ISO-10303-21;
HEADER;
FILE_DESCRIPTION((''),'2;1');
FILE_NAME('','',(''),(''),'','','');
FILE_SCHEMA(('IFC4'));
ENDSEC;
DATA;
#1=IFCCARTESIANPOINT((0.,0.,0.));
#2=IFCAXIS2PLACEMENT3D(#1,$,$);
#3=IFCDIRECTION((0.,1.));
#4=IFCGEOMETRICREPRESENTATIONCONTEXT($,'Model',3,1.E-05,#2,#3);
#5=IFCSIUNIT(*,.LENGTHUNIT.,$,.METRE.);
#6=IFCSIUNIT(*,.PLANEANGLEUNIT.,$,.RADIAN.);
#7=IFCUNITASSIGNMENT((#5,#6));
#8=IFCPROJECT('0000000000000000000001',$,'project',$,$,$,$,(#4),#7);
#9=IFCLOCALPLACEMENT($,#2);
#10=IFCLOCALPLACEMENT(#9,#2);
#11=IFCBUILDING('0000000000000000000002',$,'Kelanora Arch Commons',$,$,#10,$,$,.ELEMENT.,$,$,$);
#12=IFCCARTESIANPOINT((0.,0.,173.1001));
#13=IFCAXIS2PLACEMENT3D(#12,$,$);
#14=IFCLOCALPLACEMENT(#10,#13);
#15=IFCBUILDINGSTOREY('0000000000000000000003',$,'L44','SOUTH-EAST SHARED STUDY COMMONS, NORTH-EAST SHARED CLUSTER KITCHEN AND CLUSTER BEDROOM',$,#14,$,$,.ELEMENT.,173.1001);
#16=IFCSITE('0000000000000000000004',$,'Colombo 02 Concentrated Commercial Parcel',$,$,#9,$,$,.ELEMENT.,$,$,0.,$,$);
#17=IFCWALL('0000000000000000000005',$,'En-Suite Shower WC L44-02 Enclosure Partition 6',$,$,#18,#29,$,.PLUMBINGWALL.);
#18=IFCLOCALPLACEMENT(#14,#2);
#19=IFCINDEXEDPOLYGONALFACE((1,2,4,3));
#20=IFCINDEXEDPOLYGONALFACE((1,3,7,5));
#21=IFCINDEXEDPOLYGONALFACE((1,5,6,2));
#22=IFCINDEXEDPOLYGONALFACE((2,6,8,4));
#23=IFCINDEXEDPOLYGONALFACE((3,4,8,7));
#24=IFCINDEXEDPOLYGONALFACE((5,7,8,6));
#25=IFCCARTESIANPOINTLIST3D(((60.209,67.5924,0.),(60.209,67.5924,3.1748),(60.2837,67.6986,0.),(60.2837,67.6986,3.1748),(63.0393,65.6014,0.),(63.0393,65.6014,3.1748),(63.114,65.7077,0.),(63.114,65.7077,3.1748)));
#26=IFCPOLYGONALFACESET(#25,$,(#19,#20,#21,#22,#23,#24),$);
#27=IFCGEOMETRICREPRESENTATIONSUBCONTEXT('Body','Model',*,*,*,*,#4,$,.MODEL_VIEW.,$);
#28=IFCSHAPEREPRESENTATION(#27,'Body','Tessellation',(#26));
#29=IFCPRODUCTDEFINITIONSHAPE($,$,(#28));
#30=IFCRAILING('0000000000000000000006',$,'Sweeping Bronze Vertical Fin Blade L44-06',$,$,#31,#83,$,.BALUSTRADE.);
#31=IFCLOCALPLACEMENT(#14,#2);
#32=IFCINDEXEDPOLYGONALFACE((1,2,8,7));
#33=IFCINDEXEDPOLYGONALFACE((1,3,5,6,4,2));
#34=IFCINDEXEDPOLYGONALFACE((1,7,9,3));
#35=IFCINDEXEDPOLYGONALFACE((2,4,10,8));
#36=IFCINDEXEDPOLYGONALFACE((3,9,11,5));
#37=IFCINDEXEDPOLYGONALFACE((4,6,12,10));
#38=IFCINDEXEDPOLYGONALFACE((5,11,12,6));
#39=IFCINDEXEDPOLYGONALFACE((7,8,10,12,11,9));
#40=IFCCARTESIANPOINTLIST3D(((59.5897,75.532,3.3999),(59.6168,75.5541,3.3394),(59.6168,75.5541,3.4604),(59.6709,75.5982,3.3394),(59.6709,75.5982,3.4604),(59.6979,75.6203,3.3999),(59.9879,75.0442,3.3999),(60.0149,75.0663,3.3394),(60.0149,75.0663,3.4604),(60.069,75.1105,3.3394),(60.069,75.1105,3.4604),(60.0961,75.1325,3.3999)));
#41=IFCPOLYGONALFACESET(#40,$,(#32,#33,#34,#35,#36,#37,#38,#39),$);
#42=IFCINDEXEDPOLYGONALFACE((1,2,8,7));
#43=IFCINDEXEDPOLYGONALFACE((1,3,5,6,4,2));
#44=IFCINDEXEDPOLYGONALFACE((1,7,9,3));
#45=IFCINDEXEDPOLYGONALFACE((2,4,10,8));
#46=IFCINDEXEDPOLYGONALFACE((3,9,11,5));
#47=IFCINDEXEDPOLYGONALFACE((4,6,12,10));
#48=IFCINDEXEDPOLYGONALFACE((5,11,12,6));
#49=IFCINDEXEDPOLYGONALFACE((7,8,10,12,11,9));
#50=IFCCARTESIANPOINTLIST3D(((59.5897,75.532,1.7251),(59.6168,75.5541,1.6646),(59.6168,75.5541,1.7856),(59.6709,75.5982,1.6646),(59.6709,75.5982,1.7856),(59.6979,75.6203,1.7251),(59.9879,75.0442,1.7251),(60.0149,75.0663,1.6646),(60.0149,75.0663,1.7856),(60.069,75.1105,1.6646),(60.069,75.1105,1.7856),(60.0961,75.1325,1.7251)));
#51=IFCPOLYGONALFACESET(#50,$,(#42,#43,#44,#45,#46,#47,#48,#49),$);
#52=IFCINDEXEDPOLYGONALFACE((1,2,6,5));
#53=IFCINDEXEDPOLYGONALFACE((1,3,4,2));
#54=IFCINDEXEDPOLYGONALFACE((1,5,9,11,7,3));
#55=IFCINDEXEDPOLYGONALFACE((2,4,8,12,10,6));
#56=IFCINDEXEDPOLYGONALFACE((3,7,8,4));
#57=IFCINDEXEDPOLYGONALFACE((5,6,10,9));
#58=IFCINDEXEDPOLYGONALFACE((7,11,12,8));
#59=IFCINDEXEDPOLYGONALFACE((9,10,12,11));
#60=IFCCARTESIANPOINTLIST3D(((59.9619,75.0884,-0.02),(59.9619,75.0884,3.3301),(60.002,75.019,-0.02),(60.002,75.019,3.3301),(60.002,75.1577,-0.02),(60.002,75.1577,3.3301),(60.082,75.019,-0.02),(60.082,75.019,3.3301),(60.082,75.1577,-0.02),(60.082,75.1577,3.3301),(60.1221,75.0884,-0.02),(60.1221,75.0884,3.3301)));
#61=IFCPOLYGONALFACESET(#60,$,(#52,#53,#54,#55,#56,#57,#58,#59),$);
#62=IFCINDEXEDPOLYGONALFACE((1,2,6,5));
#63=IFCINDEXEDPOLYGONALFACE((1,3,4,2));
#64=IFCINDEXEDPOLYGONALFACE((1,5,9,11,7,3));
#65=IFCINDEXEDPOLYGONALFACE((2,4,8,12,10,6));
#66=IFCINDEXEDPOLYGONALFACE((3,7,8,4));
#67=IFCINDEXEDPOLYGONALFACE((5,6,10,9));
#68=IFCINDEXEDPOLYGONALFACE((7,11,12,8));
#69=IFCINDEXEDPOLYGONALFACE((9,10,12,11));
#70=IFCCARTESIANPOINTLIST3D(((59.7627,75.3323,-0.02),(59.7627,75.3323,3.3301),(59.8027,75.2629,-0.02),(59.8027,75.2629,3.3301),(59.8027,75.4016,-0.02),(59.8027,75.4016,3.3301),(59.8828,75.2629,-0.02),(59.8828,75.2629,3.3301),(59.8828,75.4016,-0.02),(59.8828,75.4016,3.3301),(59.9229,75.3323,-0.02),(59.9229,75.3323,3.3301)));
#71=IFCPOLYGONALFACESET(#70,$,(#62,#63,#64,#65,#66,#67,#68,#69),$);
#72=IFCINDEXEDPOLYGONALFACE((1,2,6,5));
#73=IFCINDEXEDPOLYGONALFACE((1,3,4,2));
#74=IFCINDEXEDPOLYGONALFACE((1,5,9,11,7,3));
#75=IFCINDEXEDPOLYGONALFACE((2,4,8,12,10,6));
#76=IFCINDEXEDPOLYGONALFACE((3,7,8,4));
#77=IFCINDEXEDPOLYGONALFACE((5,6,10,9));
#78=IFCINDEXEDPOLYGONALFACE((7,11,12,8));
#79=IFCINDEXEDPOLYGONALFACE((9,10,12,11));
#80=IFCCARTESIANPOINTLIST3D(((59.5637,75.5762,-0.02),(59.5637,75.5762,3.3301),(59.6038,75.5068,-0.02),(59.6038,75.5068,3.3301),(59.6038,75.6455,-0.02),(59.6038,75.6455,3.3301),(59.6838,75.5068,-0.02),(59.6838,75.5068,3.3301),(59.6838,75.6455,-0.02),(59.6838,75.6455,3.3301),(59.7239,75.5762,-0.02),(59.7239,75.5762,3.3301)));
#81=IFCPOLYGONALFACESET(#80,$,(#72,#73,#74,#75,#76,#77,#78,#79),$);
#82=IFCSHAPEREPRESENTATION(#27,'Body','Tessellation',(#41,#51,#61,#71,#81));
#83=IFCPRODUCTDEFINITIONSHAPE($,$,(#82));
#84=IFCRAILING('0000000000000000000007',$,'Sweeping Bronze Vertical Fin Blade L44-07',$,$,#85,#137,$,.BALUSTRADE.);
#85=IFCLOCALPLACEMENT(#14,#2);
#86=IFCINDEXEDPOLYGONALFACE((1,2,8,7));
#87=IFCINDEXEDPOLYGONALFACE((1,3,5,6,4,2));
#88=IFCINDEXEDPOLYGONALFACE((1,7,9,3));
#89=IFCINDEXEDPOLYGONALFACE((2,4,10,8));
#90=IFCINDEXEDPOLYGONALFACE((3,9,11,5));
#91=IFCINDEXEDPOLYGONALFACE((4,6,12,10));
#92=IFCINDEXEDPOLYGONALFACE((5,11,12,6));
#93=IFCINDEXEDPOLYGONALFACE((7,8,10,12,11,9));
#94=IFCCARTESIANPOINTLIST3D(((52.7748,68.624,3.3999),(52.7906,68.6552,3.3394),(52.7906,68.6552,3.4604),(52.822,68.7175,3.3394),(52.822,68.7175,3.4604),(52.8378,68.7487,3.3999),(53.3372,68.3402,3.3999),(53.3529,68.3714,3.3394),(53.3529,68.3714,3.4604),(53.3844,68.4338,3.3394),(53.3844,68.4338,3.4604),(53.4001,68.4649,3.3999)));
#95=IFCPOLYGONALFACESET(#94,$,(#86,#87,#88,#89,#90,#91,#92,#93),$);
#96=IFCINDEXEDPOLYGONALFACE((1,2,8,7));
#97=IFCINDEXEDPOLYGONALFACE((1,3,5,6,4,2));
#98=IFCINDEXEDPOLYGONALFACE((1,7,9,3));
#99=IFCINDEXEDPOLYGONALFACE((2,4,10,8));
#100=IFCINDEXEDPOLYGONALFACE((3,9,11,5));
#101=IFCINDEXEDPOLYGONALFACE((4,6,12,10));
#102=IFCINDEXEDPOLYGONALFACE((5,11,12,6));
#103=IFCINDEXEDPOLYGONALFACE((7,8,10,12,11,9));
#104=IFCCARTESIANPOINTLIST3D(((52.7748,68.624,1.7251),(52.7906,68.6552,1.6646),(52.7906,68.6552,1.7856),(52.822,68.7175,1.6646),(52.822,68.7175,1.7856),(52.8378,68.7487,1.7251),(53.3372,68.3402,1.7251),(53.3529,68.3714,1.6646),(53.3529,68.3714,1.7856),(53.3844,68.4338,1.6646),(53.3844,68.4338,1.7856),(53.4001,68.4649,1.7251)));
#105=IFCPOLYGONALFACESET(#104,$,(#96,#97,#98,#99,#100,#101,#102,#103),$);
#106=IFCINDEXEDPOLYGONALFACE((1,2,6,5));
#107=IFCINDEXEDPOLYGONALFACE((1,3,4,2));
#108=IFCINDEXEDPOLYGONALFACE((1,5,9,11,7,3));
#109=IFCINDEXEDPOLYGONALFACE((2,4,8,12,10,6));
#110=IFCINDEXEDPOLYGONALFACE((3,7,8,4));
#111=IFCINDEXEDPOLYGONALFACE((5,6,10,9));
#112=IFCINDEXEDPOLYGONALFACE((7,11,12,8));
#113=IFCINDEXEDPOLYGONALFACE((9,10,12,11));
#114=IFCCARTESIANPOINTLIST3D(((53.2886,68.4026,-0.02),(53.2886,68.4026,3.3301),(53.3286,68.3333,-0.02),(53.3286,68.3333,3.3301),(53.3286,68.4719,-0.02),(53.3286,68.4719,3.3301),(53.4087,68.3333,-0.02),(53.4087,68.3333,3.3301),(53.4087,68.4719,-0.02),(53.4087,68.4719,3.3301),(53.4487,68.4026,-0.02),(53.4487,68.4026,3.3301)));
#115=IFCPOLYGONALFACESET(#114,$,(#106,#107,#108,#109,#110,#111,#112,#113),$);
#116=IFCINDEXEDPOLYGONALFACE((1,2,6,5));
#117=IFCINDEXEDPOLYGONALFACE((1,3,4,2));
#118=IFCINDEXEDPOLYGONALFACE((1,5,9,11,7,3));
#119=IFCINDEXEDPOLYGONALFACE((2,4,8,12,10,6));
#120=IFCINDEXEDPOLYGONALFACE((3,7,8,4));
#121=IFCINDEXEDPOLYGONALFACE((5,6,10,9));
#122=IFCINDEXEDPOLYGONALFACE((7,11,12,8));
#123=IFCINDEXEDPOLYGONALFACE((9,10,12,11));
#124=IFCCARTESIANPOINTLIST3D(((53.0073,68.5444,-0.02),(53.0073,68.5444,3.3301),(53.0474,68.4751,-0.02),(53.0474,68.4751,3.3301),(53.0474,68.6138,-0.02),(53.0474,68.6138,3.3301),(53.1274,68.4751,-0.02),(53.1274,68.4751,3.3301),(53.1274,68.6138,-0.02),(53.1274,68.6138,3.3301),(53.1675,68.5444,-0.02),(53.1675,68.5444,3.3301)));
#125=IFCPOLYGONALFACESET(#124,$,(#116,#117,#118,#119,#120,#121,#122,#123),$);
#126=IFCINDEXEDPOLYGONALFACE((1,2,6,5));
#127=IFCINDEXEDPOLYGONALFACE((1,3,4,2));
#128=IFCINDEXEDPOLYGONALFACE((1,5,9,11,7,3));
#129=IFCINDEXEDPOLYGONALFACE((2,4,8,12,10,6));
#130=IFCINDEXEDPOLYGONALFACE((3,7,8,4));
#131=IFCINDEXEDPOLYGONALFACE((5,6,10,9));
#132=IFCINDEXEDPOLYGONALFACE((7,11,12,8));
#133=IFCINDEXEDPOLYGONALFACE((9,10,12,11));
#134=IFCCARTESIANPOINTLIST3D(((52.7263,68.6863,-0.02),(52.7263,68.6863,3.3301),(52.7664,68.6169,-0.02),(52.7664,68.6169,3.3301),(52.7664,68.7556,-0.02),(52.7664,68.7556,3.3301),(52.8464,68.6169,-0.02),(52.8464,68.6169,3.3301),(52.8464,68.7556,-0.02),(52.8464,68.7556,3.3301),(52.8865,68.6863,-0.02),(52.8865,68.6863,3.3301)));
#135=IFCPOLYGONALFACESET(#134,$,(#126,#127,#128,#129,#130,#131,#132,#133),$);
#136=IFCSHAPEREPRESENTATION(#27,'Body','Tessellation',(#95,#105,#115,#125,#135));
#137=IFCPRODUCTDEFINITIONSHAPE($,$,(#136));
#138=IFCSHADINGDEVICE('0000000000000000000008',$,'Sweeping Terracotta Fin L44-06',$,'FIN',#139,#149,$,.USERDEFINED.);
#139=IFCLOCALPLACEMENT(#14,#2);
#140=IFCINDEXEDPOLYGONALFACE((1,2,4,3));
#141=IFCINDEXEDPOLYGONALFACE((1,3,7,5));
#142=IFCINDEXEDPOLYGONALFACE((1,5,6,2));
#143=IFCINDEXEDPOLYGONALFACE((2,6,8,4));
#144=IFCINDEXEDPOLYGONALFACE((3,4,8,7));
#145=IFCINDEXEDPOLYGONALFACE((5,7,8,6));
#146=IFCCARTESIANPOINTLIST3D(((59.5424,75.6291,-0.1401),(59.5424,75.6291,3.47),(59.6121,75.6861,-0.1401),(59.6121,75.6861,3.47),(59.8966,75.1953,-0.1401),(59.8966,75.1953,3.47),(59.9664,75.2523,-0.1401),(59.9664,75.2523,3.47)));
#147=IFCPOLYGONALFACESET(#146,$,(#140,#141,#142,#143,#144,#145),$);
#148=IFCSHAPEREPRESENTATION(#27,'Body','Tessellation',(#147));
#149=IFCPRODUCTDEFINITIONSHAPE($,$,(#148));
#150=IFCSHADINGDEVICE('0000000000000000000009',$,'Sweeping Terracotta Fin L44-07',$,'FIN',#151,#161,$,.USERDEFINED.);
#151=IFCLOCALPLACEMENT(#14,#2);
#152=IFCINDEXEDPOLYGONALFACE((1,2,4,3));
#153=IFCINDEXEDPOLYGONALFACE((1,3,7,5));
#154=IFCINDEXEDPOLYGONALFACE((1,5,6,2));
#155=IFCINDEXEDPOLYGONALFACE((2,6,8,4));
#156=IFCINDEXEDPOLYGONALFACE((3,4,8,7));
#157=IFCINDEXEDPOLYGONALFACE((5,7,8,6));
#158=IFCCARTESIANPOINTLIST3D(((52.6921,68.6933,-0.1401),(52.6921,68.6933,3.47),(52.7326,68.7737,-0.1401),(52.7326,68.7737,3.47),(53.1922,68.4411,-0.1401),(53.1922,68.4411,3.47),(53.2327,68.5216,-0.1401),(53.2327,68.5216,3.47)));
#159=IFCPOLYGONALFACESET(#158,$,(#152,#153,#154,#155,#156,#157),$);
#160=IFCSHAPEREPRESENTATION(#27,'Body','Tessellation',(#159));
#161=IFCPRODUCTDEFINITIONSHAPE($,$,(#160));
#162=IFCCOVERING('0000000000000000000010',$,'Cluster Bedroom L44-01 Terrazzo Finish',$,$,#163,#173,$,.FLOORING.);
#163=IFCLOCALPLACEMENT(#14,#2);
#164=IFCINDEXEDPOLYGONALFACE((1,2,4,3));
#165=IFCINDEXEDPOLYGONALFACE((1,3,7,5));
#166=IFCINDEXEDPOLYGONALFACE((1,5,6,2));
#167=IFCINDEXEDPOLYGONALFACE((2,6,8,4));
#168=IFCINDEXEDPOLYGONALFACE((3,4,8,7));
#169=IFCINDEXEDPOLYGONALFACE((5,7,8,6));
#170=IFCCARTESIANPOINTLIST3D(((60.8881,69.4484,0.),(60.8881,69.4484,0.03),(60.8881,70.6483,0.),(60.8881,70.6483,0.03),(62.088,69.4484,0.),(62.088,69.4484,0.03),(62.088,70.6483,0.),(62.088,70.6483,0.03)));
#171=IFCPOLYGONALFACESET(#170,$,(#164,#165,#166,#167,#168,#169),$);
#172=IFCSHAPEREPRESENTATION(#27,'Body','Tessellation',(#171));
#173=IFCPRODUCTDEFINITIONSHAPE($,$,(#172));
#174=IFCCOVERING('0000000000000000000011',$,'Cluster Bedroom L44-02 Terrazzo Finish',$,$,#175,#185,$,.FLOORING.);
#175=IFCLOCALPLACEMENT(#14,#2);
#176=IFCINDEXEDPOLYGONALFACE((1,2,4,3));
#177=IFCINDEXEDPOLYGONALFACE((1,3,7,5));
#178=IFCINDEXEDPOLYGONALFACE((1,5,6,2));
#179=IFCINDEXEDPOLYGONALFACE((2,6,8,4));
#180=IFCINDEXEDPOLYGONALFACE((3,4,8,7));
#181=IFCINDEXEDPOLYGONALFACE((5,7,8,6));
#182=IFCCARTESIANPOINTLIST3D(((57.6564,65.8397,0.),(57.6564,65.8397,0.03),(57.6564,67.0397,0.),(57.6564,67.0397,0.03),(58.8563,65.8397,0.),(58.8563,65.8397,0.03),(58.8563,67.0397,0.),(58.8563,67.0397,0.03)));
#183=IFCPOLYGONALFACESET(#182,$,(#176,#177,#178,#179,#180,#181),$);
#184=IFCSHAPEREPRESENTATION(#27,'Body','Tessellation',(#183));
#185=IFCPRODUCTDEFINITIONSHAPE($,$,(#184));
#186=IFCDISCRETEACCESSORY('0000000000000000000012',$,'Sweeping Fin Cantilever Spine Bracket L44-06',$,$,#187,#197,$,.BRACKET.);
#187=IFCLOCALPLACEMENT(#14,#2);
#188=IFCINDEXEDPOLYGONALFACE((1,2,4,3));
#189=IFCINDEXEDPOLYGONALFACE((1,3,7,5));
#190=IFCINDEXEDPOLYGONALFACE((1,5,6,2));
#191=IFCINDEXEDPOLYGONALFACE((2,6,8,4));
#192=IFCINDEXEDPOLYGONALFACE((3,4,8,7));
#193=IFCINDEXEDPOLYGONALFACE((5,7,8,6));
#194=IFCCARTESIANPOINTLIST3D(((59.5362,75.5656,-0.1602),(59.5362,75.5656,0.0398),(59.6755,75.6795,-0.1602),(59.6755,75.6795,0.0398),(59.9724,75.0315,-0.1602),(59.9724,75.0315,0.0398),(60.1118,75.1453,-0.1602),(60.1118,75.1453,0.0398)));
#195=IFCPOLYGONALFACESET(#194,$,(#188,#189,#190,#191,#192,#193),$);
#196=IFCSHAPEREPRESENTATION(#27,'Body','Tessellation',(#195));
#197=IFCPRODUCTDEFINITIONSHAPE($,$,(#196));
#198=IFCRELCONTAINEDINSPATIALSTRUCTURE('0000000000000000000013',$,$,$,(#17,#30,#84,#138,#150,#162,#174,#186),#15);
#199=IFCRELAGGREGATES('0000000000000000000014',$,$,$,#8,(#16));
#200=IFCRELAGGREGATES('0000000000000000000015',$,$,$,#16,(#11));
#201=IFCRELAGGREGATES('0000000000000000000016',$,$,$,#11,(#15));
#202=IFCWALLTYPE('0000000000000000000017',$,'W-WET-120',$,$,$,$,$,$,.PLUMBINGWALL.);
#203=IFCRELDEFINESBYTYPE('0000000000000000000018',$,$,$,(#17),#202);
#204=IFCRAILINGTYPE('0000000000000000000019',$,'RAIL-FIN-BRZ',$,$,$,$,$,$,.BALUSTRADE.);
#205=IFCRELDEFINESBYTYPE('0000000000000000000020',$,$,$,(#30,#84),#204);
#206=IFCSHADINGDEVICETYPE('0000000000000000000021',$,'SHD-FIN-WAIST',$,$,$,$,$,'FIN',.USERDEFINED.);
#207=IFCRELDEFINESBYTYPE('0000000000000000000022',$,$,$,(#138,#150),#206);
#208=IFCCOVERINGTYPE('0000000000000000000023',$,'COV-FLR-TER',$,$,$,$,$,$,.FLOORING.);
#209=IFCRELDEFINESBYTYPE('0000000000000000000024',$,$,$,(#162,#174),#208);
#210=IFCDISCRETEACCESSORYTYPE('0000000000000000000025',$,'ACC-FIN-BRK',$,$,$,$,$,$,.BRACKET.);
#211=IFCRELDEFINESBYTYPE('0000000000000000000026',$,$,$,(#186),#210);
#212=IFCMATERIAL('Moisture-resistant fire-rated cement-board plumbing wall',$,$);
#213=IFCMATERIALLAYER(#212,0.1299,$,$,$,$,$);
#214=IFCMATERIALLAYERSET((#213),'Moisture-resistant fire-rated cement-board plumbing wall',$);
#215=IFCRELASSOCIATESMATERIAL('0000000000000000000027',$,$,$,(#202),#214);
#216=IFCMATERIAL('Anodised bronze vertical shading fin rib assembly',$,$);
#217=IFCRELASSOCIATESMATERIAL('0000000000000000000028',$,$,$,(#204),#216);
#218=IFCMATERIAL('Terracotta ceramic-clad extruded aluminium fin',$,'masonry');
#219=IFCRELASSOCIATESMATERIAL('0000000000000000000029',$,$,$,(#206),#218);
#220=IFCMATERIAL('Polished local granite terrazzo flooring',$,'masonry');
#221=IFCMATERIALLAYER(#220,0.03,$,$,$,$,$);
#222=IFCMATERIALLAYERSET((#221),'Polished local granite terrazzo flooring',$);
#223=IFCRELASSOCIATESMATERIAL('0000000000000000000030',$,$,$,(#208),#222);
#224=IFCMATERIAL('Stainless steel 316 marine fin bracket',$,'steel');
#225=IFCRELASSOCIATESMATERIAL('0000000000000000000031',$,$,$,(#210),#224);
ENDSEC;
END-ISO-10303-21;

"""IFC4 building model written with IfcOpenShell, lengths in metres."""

from ifc_helpers import new_model, si_unit, direction, frame, frame_2d, origin, origin_2d, place, context, subcontext, project, spatial, polyline, rectangle, outline, extrude, source, transform, mapped, material, layer, layer_set, type_object, element, save


model = new_model("IFC4")

# Units and contexts
model_context = context("Model", 3, precision=1e-05, world=origin(), true_north=direction((0.0, 1.0)))
body_context = subcontext(model_context, "Body", "Model", "MODEL_VIEW")
ifc_project = project(units=[si_unit("LENGTHUNIT", "METRE"), si_unit("PLANEANGLEUNIT", "RADIAN")], contexts=[model_context])

# Site, building, storey
site_placement = place(None, origin())
site = spatial("IfcSite", under=ifc_project, at=site_placement, Name="Colombo 02 Concentrated Commercial Parcel", CompositionType="ELEMENT", RefElevation=0.0)
building_placement = place(site_placement, origin())
building = spatial("IfcBuilding", under=site, at=building_placement, Name="Kelanora Arch Commons", CompositionType="ELEMENT")
storey_placement = place(building_placement, frame((0.0, 0.0, 173.1001)))
storey = spatial("IfcBuildingStorey", under=building, at=storey_placement, Name="L44", Description="SOUTH-EAST SHARED STUDY COMMONS, NORTH-EAST SHARED CLUSTER KITCHEN AND CLUSTER BEDROOM", CompositionType="ELEMENT", Elevation=173.1001)

# Wall
ifc_material_1 = material(Name="Moisture-resistant fire-rated cement-board plumbing wall")
ifc_layer_1 = layer(ifc_material_1, 0.1299)
ifc_layer_set_1 = layer_set([ifc_layer_1], Name="Moisture-resistant fire-rated cement-board plumbing wall")
wall_type_1 = type_object("IfcWallType", Name="W-WET-120", PredefinedType="PLUMBINGWALL", material=ifc_layer_set_1)
wall_1_placement = place(storey_placement, frame((60.2463, 67.6455, 0.0), z_axis=(0.0, 0.0, 1.0), x_axis=(0.817907, -0.57535, 0.0)))
element("IfcWall", 1, at=wall_1_placement, inside=storey, type_object=wall_type_1, Name="En-Suite Shower WC L44-02 Enclosure Partition 6", PredefinedType="PLUMBINGWALL", context=body_context, shape_type="SweptSolid", body=[
    extrude(rectangle(XDim=3.4604, YDim=0.1299, at=frame_2d((1.7302, 0.0))), origin(), (0.0, 0.0, 1.0), 3.1748),
])

# Railings
ifc_material_2 = material(Name="Anodised bronze vertical shading fin rib assembly")
railing_type = type_object("IfcRailingType", Name="RAIL-FIN-BRZ", PredefinedType="BALUSTRADE", material=ifc_material_2)
railing_1_placement = place(storey_placement, frame((60.042, 75.0884, -0.02)))
element("IfcRailing", 2, at=railing_1_placement, inside=storey, type_object=railing_type, Name="Sweeping Bronze Vertical Fin Blade L44-06", PredefinedType="BALUSTRADE", context=body_context, shape_type="SweptSolid", body=[
    extrude(outline(polyline([(0.0698, 0.0), (0.0349, 0.0605), (-0.0349, 0.0605), (-0.0698, 0.0), (-0.0349, -0.0605), (0.0349, -0.0605), (0.0698, 0.0)])), frame((0.0, 0.0, 3.4199), z_axis=(-0.632372, 0.774665, 0.0), x_axis=(-0.774665, -0.632372, 0.0)), (0.0, 0.0, 1.0), 0.6296),
    extrude(outline(polyline([(0.0698, 0.0), (0.0349, 0.0605), (-0.0349, 0.0605), (-0.0698, 0.0), (-0.0349, -0.0605), (0.0349, -0.0605), (0.0698, 0.0)])), frame((0.0, 0.0, 1.7451), z_axis=(-0.632372, 0.774665, 0.0), x_axis=(-0.774665, -0.632372, 0.0)), (0.0, 0.0, 1.0), 0.6296),
    extrude(outline(polyline([(0.0801, 0.0), (0.04, 0.0693), (-0.04, 0.0693), (-0.0801, 0.0), (-0.04, -0.0693), (0.04, -0.0693), (0.0801, 0.0)])), origin(), (0.0, 0.0, 1.0), 3.3501),
    extrude(outline(polyline([(0.0801, 0.0), (0.04, 0.0693), (-0.04, 0.0693), (-0.0801, 0.0), (-0.04, -0.0693), (0.04, -0.0693), (0.0801, 0.0)])), frame((-0.1992, 0.2439, 0.0)), (0.0, 0.0, 1.0), 3.3501),
    extrude(outline(polyline([(0.0801, 0.0), (0.04, 0.0693), (-0.04, 0.0693), (-0.0801, 0.0), (-0.04, -0.0693), (0.04, -0.0693), (0.0801, 0.0)])), frame((-0.3982, 0.4878, 0.0)), (0.0, 0.0, 1.0), 3.3501),
])
railing_2_placement = place(storey_placement, frame((53.3687, 68.4026, -0.02)))
element("IfcRailing", 3, at=railing_2_placement, inside=storey, type_object=railing_type, Name="Sweeping Bronze Vertical Fin Blade L44-07", PredefinedType="BALUSTRADE", context=body_context, shape_type="SweptSolid", body=[
    extrude(outline(polyline([(0.0698, 0.0), (0.0349, 0.0605), (-0.0349, 0.0605), (-0.0698, 0.0), (-0.0349, -0.0605), (0.0349, -0.0605), (0.0698, 0.0)])), frame((0.0, 0.0, 3.4199), z_axis=(-0.892793, 0.450467, 0.0), x_axis=(-0.450467, -0.892793, 0.0)), (0.0, 0.0, 1.0), 0.6299),
    extrude(outline(polyline([(0.0698, 0.0), (0.0349, 0.0605), (-0.0349, 0.0605), (-0.0698, 0.0), (-0.0349, -0.0605), (0.0349, -0.0605), (0.0698, 0.0)])), frame((0.0, 0.0, 1.7451), z_axis=(-0.892793, 0.450467, 0.0), x_axis=(-0.450467, -0.892793, 0.0)), (0.0, 0.0, 1.0), 0.6299),
    extrude(outline(polyline([(0.0801, 0.0), (0.04, 0.0693), (-0.04, 0.0693), (-0.0801, 0.0), (-0.04, -0.0693), (0.04, -0.0693), (0.0801, 0.0)])), origin(), (0.0, 0.0, 1.0), 3.3501),
    extrude(outline(polyline([(0.0801, 0.0), (0.04, 0.0693), (-0.04, 0.0693), (-0.0801, 0.0), (-0.04, -0.0693), (0.04, -0.0693), (0.0801, 0.0)])), frame((-0.2812, 0.1418, 0.0)), (0.0, 0.0, 1.0), 3.3501),
    extrude(outline(polyline([(0.0801, 0.0), (0.04, 0.0693), (-0.04, 0.0693), (-0.0801, 0.0), (-0.04, -0.0693), (0.04, -0.0693), (0.0801, 0.0)])), frame((-0.5623, 0.2837, 0.0)), (0.0, 0.0, 1.0), 3.3501),
])

# Shading devices
ifc_material_3 = material(Name="Terracotta ceramic-clad extruded aluminium fin", Category="masonry")
shading_device_type = type_object("IfcShadingDeviceType", Name="SHD-FIN-WAIST", ElementType="FIN", PredefinedType="USERDEFINED", material=ifc_material_3)
shared_shape_1 = source(origin(), body_context, "Body", "SweptSolid", [
    extrude(rectangle(XDim=0.5601, YDim=0.0901, at=origin_2d()), origin(), (0.0, 0.0, 1.0), 3.6101),
])
for number, where, z_axis, x_axis, name in (
    (4, (59.7544, 75.4407, -0.1401), (0.0, 0.0, 1.0), (-0.63257, 0.774503, 0.0), "Sweeping Terracotta Fin L44-06"),
    (5, (52.9624, 68.6074, -0.1401), (0.0, 0.0, 1.0), (-0.8929, 0.450254, 0.0), "Sweeping Terracotta Fin L44-07"),
):
    element("IfcShadingDevice", number, at=place(storey_placement, frame(where, z_axis=z_axis, x_axis=x_axis)), inside=storey, type_object=shading_device_type, Name=name, ObjectType="FIN", PredefinedType="USERDEFINED", context=body_context, shape_type="MappedRepresentation", body=[
        mapped(shared_shape_1, transform((0.0, 0.0, 0.0), scale=1.0)),
    ])

# Coverings
ifc_material_4 = material(Name="Polished local granite terrazzo flooring", Category="masonry")
ifc_layer_2 = layer(ifc_material_4, 0.03)
ifc_layer_set_2 = layer_set([ifc_layer_2], Name="Polished local granite terrazzo flooring")
covering_type = type_object("IfcCoveringType", Name="COV-FLR-TER", PredefinedType="FLOORING", material=ifc_layer_set_2)
shared_shape_2 = source(origin(), body_context, "Body", "SweptSolid", [
    extrude(rectangle(XDim=1.2, YDim=1.2, at=origin_2d()), origin(), (0.0, 0.0, 1.0), 0.03),
])
for number, where, z_axis, x_axis, name in (
    (6, (61.488, 70.0483, 0.0), (0.0, 0.0, 1.0), (1.0, 0.0, 0.0), "Cluster Bedroom L44-01 Terrazzo Finish"),
    (7, (58.2563, 66.4397, 0.0), (0.0, 0.0, 1.0), (1.0, 0.0, 0.0), "Cluster Bedroom L44-02 Terrazzo Finish"),
):
    element("IfcCovering", number, at=place(storey_placement, frame(where, z_axis=z_axis, x_axis=x_axis)), inside=storey, type_object=covering_type, Name=name, PredefinedType="FLOORING", context=body_context, shape_type="MappedRepresentation", body=[
        mapped(shared_shape_2, transform((0.0, 0.0, 0.0), scale=1.0)),
    ])

# Discrete accessory
ifc_material_5 = material(Name="Stainless steel 316 marine fin bracket", Category="steel")
discrete_accessory_type = type_object("IfcDiscreteAccessoryType", Name="ACC-FIN-BRK", PredefinedType="BRACKET", material=ifc_material_5)
shared_shape_3 = source(origin(), body_context, "Body", "SweptSolid", [
    extrude(rectangle(XDim=0.6897, YDim=0.1799, at=origin_2d()), origin(), (0.0, 0.0, 1.0), 0.2),
])
for number, where, z_axis, x_axis, name in (
    (8, (59.824, 75.3555, -0.1602), (0.0, 0.0, 1.0), (-0.63257, 0.774503, 0.0), "Sweeping Fin Cantilever Spine Bracket L44-06"),
):
    element("IfcDiscreteAccessory", number, at=place(storey_placement, frame(where, z_axis=z_axis, x_axis=x_axis)), inside=storey, type_object=discrete_accessory_type, Name=name, PredefinedType="BRACKET", context=body_context, shape_type="MappedRepresentation", body=[
        mapped(shared_shape_3, transform((0.0, 0.0, 0.0), scale=1.0)),
    ])

save(model, "model.ifc")
